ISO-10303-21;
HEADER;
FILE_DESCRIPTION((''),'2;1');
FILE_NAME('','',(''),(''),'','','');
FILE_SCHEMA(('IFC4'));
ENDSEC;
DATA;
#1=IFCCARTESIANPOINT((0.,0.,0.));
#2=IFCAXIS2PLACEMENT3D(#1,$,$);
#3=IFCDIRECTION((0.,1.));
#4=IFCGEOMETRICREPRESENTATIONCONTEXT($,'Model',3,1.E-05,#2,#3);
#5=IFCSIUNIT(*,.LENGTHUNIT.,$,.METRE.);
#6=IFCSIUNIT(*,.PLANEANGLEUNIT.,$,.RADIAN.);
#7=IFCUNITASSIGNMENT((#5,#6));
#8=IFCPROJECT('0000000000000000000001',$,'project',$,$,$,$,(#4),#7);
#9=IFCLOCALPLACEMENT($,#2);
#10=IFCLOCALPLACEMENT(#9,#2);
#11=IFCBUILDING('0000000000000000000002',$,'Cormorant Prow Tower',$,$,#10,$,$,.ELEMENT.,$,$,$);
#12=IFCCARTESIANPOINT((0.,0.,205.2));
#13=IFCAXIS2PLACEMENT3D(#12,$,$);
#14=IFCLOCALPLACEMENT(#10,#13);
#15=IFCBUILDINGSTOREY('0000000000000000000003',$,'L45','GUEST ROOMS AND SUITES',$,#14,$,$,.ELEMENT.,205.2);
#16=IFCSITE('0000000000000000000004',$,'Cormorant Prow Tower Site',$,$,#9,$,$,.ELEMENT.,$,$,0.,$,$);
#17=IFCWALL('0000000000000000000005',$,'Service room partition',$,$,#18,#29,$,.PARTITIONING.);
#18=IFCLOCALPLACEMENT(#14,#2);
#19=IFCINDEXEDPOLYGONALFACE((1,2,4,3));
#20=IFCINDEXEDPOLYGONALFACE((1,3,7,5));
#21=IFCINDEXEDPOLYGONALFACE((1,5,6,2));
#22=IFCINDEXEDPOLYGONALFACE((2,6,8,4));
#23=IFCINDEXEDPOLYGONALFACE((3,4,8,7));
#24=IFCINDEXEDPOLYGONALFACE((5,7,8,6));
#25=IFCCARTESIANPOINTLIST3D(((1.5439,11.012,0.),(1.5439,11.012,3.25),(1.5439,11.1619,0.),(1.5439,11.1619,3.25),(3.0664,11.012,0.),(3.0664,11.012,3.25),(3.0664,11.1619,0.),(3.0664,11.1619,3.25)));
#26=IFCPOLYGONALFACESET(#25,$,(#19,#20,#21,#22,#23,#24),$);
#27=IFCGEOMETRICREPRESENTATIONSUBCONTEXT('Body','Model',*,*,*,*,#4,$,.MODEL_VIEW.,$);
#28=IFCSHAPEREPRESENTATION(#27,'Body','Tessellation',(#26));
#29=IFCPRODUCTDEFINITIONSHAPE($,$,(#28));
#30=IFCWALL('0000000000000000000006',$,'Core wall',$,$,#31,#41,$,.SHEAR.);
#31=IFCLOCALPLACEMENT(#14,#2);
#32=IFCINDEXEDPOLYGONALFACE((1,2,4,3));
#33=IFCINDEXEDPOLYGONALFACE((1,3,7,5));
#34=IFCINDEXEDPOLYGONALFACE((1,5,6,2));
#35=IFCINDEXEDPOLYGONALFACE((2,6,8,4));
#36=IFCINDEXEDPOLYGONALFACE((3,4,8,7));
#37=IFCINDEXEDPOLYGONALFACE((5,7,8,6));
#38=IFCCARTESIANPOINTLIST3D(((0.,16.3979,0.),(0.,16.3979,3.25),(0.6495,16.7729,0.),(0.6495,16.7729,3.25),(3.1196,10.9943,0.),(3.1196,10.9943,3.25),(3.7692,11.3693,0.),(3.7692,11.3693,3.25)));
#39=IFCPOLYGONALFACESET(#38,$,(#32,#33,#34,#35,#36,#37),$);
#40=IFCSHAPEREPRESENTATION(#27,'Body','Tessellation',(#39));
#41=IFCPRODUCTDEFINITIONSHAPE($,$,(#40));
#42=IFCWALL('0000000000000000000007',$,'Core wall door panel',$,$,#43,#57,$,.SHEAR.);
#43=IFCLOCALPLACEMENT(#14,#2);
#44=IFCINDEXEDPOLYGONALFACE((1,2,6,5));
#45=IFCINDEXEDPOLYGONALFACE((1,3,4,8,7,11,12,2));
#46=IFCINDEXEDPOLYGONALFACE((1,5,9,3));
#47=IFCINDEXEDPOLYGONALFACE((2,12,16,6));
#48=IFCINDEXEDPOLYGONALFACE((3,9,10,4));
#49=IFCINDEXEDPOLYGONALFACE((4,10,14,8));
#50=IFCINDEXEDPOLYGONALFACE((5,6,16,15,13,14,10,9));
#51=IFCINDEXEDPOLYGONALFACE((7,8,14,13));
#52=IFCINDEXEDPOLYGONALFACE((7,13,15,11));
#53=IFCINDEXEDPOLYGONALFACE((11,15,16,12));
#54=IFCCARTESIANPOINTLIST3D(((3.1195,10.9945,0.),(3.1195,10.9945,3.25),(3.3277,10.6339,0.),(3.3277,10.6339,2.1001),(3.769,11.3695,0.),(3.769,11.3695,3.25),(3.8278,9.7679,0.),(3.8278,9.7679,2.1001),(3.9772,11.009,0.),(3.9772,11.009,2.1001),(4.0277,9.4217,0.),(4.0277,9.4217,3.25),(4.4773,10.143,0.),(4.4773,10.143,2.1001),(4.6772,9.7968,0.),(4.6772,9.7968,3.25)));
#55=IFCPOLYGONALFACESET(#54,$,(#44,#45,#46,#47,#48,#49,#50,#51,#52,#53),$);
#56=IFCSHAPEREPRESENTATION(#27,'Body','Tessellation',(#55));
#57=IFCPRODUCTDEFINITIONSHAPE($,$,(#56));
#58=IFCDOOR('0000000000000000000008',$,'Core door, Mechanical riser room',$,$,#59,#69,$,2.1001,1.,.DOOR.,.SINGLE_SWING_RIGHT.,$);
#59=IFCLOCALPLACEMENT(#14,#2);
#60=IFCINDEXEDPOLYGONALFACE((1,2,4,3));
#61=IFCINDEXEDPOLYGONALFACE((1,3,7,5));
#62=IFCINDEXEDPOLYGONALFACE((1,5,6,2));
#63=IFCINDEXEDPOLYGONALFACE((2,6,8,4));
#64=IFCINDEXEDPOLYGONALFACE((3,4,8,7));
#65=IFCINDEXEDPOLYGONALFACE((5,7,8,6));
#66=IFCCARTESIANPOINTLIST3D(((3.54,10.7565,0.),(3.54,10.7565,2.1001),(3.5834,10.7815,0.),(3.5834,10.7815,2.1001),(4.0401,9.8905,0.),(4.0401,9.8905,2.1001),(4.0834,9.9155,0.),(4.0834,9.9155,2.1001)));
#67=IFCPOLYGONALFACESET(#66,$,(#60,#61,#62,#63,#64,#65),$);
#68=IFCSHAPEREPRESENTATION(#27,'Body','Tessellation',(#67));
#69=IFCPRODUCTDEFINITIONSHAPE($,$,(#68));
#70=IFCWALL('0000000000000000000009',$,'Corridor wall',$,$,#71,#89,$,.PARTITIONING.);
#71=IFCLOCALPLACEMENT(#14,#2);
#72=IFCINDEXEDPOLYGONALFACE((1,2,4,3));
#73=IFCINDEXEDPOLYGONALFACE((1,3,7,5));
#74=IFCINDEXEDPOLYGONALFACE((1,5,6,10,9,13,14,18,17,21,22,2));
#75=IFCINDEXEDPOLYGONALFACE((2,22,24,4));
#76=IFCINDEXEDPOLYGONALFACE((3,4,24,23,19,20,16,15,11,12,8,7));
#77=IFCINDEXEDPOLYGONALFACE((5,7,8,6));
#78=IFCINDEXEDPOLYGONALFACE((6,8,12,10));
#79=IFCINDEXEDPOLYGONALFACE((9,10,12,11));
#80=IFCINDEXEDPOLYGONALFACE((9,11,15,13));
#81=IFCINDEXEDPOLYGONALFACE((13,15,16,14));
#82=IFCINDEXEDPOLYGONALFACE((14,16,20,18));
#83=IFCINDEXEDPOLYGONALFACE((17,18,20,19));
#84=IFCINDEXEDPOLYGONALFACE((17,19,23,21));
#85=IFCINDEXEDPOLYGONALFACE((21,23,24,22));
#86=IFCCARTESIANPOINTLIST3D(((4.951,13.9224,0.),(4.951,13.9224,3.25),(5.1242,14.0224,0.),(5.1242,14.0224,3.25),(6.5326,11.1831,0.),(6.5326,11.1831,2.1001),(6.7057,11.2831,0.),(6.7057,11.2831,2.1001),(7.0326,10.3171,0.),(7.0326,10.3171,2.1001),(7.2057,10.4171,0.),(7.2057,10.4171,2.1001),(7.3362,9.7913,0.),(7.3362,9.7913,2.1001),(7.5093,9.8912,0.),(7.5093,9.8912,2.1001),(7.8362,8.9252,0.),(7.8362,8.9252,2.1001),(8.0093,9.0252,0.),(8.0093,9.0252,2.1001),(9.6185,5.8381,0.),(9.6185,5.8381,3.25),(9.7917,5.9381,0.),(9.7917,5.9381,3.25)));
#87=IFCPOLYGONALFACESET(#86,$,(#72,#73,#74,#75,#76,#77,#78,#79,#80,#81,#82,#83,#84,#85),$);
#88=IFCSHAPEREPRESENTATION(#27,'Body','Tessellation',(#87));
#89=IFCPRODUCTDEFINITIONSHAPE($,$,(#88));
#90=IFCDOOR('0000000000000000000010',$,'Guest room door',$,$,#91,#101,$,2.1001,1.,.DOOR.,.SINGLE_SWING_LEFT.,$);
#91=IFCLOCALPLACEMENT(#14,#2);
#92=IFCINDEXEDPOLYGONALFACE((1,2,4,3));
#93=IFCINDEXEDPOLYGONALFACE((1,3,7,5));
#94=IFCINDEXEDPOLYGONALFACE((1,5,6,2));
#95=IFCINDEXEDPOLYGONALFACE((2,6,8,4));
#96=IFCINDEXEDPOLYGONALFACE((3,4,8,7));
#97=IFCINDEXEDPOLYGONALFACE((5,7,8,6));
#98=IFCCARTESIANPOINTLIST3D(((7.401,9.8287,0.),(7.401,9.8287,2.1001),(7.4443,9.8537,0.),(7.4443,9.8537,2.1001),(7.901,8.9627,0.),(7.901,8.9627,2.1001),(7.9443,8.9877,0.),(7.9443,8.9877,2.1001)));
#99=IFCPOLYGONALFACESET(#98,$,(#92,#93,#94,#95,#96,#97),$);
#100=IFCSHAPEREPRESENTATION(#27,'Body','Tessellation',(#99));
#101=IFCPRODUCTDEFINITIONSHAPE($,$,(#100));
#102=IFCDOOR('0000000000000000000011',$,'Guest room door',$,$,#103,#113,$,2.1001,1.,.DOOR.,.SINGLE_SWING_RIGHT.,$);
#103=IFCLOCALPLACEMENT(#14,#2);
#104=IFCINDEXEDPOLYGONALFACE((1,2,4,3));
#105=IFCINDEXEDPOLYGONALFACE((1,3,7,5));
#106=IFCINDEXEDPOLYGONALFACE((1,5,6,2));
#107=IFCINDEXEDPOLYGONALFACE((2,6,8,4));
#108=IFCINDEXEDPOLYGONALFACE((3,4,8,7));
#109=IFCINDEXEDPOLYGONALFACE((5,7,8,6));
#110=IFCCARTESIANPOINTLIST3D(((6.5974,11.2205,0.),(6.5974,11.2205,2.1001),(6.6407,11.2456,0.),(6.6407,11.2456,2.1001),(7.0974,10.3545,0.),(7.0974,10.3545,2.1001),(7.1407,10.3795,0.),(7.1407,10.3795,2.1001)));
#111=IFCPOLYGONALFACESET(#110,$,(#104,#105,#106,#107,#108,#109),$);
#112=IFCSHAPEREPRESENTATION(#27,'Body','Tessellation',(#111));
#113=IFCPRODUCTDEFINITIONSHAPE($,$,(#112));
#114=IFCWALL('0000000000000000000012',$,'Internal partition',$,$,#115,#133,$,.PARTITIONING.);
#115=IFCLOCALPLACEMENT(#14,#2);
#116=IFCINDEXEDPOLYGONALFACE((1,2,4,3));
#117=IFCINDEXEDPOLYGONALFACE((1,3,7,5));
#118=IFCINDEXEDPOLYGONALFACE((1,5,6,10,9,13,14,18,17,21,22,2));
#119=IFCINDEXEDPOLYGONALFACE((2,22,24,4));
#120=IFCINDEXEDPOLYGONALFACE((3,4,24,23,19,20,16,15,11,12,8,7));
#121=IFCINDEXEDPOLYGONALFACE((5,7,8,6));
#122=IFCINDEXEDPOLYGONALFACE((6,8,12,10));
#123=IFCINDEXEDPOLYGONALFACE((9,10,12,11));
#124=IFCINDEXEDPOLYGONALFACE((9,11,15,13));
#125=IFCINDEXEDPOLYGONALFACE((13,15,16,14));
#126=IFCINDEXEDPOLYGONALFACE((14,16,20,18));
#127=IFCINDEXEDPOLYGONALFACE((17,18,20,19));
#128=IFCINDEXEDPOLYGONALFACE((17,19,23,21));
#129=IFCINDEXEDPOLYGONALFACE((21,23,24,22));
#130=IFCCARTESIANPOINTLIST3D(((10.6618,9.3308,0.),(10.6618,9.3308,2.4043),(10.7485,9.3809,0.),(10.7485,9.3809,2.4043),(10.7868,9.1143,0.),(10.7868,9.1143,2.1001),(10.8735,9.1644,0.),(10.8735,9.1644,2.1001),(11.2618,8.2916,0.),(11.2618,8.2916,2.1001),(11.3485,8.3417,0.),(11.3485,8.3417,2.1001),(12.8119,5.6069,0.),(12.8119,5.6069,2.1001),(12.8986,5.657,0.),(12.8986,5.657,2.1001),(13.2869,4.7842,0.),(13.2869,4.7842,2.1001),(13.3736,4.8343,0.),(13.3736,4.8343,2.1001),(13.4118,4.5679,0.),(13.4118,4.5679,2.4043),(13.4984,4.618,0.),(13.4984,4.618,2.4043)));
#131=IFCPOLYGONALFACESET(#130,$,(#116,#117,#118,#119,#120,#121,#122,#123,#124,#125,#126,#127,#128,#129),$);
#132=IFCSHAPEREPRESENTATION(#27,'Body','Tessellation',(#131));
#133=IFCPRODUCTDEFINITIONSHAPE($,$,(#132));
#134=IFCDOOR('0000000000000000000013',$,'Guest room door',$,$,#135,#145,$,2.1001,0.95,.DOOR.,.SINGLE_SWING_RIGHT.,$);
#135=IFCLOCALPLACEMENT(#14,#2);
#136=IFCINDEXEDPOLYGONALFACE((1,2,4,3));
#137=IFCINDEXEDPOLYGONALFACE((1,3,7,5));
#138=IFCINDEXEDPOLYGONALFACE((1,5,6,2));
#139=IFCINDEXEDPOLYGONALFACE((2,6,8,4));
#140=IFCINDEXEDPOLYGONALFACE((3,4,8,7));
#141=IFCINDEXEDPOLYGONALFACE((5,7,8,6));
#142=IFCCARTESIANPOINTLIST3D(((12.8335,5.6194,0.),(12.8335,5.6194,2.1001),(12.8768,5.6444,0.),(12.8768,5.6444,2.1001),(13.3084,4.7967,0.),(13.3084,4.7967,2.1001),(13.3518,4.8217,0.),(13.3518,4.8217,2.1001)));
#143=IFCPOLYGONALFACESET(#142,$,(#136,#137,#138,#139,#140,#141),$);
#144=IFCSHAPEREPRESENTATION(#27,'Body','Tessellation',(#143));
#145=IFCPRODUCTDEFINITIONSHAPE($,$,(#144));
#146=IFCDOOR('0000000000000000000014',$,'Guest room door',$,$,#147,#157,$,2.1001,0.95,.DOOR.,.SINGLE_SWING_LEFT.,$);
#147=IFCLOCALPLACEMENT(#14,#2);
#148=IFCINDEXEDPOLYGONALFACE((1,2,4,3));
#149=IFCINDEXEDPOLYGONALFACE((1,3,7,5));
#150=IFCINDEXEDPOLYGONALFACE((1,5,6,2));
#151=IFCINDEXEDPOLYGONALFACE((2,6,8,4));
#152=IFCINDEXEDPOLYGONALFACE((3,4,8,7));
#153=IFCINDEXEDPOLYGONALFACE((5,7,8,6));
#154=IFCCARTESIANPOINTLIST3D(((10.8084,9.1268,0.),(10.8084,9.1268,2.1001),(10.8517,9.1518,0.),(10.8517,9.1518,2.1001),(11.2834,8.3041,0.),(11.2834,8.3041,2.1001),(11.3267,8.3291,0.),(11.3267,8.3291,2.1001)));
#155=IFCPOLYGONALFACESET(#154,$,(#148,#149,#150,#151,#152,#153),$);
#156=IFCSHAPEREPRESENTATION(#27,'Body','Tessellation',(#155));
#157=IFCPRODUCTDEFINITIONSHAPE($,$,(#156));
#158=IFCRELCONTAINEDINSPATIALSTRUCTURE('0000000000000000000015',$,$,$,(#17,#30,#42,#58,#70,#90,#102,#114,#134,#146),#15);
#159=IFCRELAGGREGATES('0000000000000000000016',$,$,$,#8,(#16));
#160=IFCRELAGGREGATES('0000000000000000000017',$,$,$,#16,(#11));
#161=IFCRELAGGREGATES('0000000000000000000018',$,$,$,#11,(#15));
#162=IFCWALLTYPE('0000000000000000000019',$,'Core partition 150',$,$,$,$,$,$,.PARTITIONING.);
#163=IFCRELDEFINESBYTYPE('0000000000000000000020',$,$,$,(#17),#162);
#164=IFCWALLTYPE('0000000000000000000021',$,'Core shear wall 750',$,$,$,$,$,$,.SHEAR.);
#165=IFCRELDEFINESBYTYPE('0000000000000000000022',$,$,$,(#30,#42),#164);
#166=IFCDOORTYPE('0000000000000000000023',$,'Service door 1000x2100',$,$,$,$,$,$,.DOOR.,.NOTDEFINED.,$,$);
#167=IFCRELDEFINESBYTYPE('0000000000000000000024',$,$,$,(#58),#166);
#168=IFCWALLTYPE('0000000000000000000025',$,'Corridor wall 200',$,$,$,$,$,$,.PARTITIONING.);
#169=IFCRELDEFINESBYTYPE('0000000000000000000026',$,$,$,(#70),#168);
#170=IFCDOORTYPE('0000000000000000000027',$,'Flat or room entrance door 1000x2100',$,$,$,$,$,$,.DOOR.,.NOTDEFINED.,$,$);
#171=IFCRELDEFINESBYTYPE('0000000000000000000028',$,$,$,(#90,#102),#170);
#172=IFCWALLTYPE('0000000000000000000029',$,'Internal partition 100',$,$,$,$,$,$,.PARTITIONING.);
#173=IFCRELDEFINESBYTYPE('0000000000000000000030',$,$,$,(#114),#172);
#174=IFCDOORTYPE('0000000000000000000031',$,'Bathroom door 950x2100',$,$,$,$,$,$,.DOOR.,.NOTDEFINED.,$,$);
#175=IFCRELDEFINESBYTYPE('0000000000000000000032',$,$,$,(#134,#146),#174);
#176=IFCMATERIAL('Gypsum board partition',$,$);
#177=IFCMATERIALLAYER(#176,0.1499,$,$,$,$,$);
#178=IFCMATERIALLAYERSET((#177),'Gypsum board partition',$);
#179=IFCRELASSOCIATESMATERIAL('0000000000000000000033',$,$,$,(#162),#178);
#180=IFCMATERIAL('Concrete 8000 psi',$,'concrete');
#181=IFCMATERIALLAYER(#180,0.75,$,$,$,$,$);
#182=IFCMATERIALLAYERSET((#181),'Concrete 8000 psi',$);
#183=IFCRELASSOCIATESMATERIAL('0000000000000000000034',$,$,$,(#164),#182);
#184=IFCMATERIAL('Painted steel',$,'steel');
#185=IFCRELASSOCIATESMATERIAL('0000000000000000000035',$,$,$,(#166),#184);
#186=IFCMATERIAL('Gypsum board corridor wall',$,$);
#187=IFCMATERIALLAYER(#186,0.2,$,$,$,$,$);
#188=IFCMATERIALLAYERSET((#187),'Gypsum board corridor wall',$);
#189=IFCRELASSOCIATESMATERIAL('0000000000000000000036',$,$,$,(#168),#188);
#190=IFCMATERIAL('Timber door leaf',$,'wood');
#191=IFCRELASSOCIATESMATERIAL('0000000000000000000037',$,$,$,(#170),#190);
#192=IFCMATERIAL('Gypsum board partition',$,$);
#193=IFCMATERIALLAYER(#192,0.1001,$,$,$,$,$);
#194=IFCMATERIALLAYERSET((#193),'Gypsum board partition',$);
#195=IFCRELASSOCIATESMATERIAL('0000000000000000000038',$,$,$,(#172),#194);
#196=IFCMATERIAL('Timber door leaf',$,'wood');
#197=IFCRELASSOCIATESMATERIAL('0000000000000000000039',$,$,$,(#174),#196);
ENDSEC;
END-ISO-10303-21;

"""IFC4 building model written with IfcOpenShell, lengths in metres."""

from ifc_helpers import new_model, si_unit, direction, frame, frame_2d, origin, place, context, subcontext, project, spatial, rectangle, extrude, material, layer, layer_set, type_object, element, fill, save


model = new_model("IFC4")

# Units and contexts
model_context = context("Model", 3, precision=1e-05, world=origin(), true_north=direction((0.0, 1.0)))
body_context = subcontext(model_context, "Body", "Model", "MODEL_VIEW")
ifc_project = project(units=[si_unit("LENGTHUNIT", "METRE"), si_unit("PLANEANGLEUNIT", "RADIAN")], contexts=[model_context])

# Site, building, storey
site_placement = place(None, origin())
site = spatial("IfcSite", under=ifc_project, at=site_placement, Name="Cormorant Prow Tower Site", CompositionType="ELEMENT", RefElevation=0.0)
building_placement = place(site_placement, origin())
building = spatial("IfcBuilding", under=site, at=building_placement, Name="Cormorant Prow Tower", CompositionType="ELEMENT")
storey_placement = place(building_placement, frame((0.0, 0.0, 205.2)))
storey = spatial("IfcBuildingStorey", under=building, at=storey_placement, Name="L45", Description="GUEST ROOMS AND SUITES", CompositionType="ELEMENT", Elevation=205.2)

# Walls
ifc_material_1 = material(Name="Gypsum board partition")
ifc_layer_1 = layer(ifc_material_1, 0.1499)
ifc_layer_set_1 = layer_set([ifc_layer_1], Name="Gypsum board partition")
wall_type_1 = type_object("IfcWallType", Name="Core partition 150", PredefinedType="PARTITIONING", material=ifc_layer_set_1)
wall_1_placement = place(storey_placement, frame((1.5439, 11.0869, 0.0), z_axis=(0.0, 0.0, 1.0), x_axis=(1.0, 0.0, 0.0)))
element("IfcWall", 1, at=wall_1_placement, inside=storey, type_object=wall_type_1, Name="Service room partition", PredefinedType="PARTITIONING", context=body_context, shape_type="SweptSolid", body=[
    extrude(rectangle(XDim=1.5225, YDim=0.1499, at=frame_2d((0.7612, 0.0))), origin(), (0.0, 0.0, 1.0), 3.25),
])
ifc_material_2 = material(Name="Concrete 8000 psi", Category="concrete")
ifc_layer_2 = layer(ifc_material_2, 0.75)
ifc_layer_set_2 = layer_set([ifc_layer_2], Name="Concrete 8000 psi")
wall_type_2 = type_object("IfcWallType", Name="Core shear wall 750", PredefinedType="SHEAR", material=ifc_layer_set_2)
wall_2_placement = place(storey_placement, frame((3.4443, 11.1819, 0.0), z_axis=(0.0, 0.0, 1.0), x_axis=(-0.499986, 0.866034, 0.0)))
element("IfcWall", 2, at=wall_2_placement, inside=storey, type_object=wall_type_2, Name="Core wall", PredefinedType="SHEAR", context=body_context, shape_type="SweptSolid", body=[
    extrude(rectangle(XDim=6.2395, YDim=0.75, at=frame_2d((3.1196, 0.0))), origin(), (0.0, 0.0, 1.0), 3.25),
])

# Wall, opening, door
wall_3_placement = place(storey_placement, frame((4.3525, 9.6091, 0.0), z_axis=(0.0, 0.0, 1.0), x_axis=(-0.500072, 0.865984, 0.0)))
wall_3 = element("IfcWall", 3, at=wall_3_placement, inside=storey, type_object=wall_type_2, Name="Core wall door panel", PredefinedType="SHEAR", context=body_context, shape_type="SweptSolid", body=[
    extrude(rectangle(XDim=1.8162, YDim=0.75, at=frame_2d((0.9082, 0.0))), origin(), (0.0, 0.0, 1.0), 3.25),
])
opening_1_placement = place(wall_3_placement, frame((0.3999, 0.0, 0.0)))
opening_1 = element("IfcOpeningElement", 4, at=opening_1_placement, cuts=wall_3, PredefinedType="OPENING", context=body_context, shape_type="SweptSolid", body=[
    extrude(rectangle(XDim=1.0, YDim=2.1001, at=frame_2d((0.5, 1.05))), frame((0.0, 0.385, 0.0), z_axis=(0.0, -1.0, 0.0), x_axis=(1.0, 0.0, 0.0)), (0.0, 0.0, 1.0), 0.77),
])
ifc_material_3 = material(Name="Painted steel", Category="steel")
door_type_1 = type_object("IfcDoorType", Name="Service door 1000x2100", OperationType="NOTDEFINED", PredefinedType="DOOR", material=ifc_material_3)
door_1_placement = place(opening_1_placement, origin())
door_1 = element("IfcDoor", 5, at=door_1_placement, inside=storey, type_object=door_type_1, Name="Core door, Mechanical riser room", OperationType="SINGLE_SWING_RIGHT", OverallHeight=2.1001, OverallWidth=1.0, PredefinedType="DOOR", context=body_context, shape_type="SweptSolid", body=[
    extrude(rectangle(XDim=1.0, YDim=2.1001, at=frame_2d((0.5, 1.05))), frame((0.0, 0.1299, 0.0), z_axis=(0.0, -1.0, 0.0), x_axis=(1.0, 0.0, 0.0)), (0.0, 0.0, 1.0), 0.05),
])
fill(opening_1, door_1)

# Walls, openings, doors
ifc_material_4 = material(Name="Gypsum board corridor wall")
ifc_layer_3 = layer(ifc_material_4, 0.2)
ifc_layer_set_3 = layer_set([ifc_layer_3], Name="Gypsum board corridor wall")
wall_type_3 = type_object("IfcWallType", Name="Corridor wall 200", PredefinedType="PARTITIONING", material=ifc_layer_set_3)
wall_4_placement = place(storey_placement, frame((5.0376, 13.9724, 0.0), z_axis=(0.0, 0.0, 1.0), x_axis=(0.500004, -0.866023, 0.0)))
wall_4 = element("IfcWall", 6, at=wall_4_placement, inside=storey, type_object=wall_type_3, Name="Corridor wall", PredefinedType="PARTITIONING", context=body_context, shape_type="SweptSolid", body=[
    extrude(rectangle(XDim=9.335, YDim=0.2, at=frame_2d((4.6675, 0.0))), origin(), (0.0, 0.0, 1.0), 3.25),
])
opening_2_placement = place(wall_4_placement, frame((4.7703, 0.0, 0.0)))
opening_2 = element("IfcOpeningElement", 7, at=opening_2_placement, cuts=wall_4, PredefinedType="OPENING", context=body_context, shape_type="SweptSolid", body=[
    extrude(rectangle(XDim=1.0, YDim=2.1001, at=frame_2d((0.5, 1.05))), frame((0.0, 0.1099, 0.0), z_axis=(0.0, -1.0, 0.0), x_axis=(1.0, 0.0, 0.0)), (0.0, 0.0, 1.0), 0.22),
])
opening_3_placement = place(wall_4_placement, frame((3.1631, 0.0, 0.0)))
opening_3 = element("IfcOpeningElement", 8, at=opening_3_placement, cuts=wall_4, PredefinedType="OPENING", context=body_context, shape_type="SweptSolid", body=[
    extrude(rectangle(XDim=1.0, YDim=2.1001, at=frame_2d((0.5, 1.05))), frame((0.0, 0.1099, 0.0), z_axis=(0.0, -1.0, 0.0), x_axis=(1.0, 0.0, 0.0)), (0.0, 0.0, 1.0), 0.22),
])
ifc_material_5 = material(Name="Timber door leaf", Category="wood")
door_type_2 = type_object("IfcDoorType", Name="Flat or room entrance door 1000x2100", OperationType="NOTDEFINED", PredefinedType="DOOR", material=ifc_material_5)
door_2_placement = place(opening_2_placement, origin())
door_2 = element("IfcDoor", 9, at=door_2_placement, inside=storey, type_object=door_type_2, Name="Guest room door", OperationType="SINGLE_SWING_LEFT", OverallHeight=2.1001, OverallWidth=1.0, PredefinedType="DOOR", context=body_context, shape_type="SweptSolid", body=[
    extrude(rectangle(XDim=1.0, YDim=2.1001, at=frame_2d((0.5, 1.05))), frame((0.0, 0.0249, 0.0), z_axis=(0.0, -1.0, 0.0), x_axis=(1.0, 0.0, 0.0)), (0.0, 0.0, 1.0), 0.05),
])
fill(opening_2, door_2)
door_3_placement = place(opening_3_placement, origin())
door_3 = element("IfcDoor", 10, at=door_3_placement, inside=storey, type_object=door_type_2, Name="Guest room door", OperationType="SINGLE_SWING_RIGHT", OverallHeight=2.1001, OverallWidth=1.0, PredefinedType="DOOR", context=body_context, shape_type="SweptSolid", body=[
    extrude(rectangle(XDim=1.0, YDim=2.1001, at=frame_2d((0.5, 1.05))), frame((0.0, 0.0249, 0.0), z_axis=(0.0, -1.0, 0.0), x_axis=(1.0, 0.0, 0.0)), (0.0, 0.0, 1.0), 0.05),
])
fill(opening_3, door_3)
ifc_material_6 = material(Name="Gypsum board partition")
ifc_layer_4 = layer(ifc_material_6, 0.1001)
ifc_layer_set_4 = layer_set([ifc_layer_4], Name="Gypsum board partition")
wall_type_4 = type_object("IfcWallType", Name="Internal partition 100", PredefinedType="PARTITIONING", material=ifc_layer_set_4)
wall_5_placement = place(storey_placement, frame((10.7051, 9.356, 0.0), z_axis=(0.0, 0.0, 1.0), x_axis=(0.500016, -0.866016, 0.0)))
wall_5 = element("IfcWall", 11, at=wall_5_placement, inside=storey, type_object=wall_type_4, Name="Internal partition", PredefinedType="PARTITIONING", context=body_context, shape_type="SweptSolid", body=[
    extrude(rectangle(XDim=5.4998, YDim=0.1001, at=frame_2d((2.75, 0.0))), origin(), (0.0, 0.0, 1.0), 2.4043),
])
opening_4_placement = place(wall_5_placement, frame((4.3, 0.0, 0.0)))
opening_4 = element("IfcOpeningElement", 12, at=opening_4_placement, cuts=wall_5, PredefinedType="OPENING", context=body_context, shape_type="SweptSolid", body=[
    extrude(rectangle(XDim=0.95, YDim=2.1001, at=frame_2d((0.4751, 1.05))), frame((0.0, 0.0601, 0.0), z_axis=(0.0, -1.0, 0.0), x_axis=(1.0, 0.0, 0.0)), (0.0, 0.0, 1.0), 0.1201),
])
opening_5_placement = place(wall_5_placement, frame((0.25, 0.0, 0.0)))
opening_5 = element("IfcOpeningElement", 13, at=opening_5_placement, cuts=wall_5, PredefinedType="OPENING", context=body_context, shape_type="SweptSolid", body=[
    extrude(rectangle(XDim=0.95, YDim=2.1001, at=frame_2d((0.4751, 1.05))), frame((0.0, 0.0601, 0.0), z_axis=(0.0, -1.0, 0.0), x_axis=(1.0, 0.0, 0.0)), (0.0, 0.0, 1.0), 0.1201),
])
ifc_material_7 = material(Name="Timber door leaf", Category="wood")
door_type_3 = type_object("IfcDoorType", Name="Bathroom door 950x2100", OperationType="NOTDEFINED", PredefinedType="DOOR", material=ifc_material_7)
door_4_placement = place(opening_4_placement, origin())
door_4 = element("IfcDoor", 14, at=door_4_placement, inside=storey, type_object=door_type_3, Name="Guest room door", OperationType="SINGLE_SWING_RIGHT", OverallHeight=2.1001, OverallWidth=0.95, PredefinedType="DOOR", context=body_context, shape_type="SweptSolid", body=[
    extrude(rectangle(XDim=0.95, YDim=2.1001, at=frame_2d((0.4751, 1.05))), frame((0.0, 0.0249, 0.0), z_axis=(0.0, -1.0, 0.0), x_axis=(1.0, 0.0, 0.0)), (0.0, 0.0, 1.0), 0.05),
])
fill(opening_4, door_4)
door_5_placement = place(opening_5_placement, origin())
door_5 = element("IfcDoor", 15, at=door_5_placement, inside=storey, type_object=door_type_3, Name="Guest room door", OperationType="SINGLE_SWING_LEFT", OverallHeight=2.1001, OverallWidth=0.95, PredefinedType="DOOR", context=body_context, shape_type="SweptSolid", body=[
    extrude(rectangle(XDim=0.95, YDim=2.1001, at=frame_2d((0.4751, 1.05))), frame((0.0, 0.0249, 0.0), z_axis=(0.0, -1.0, 0.0), x_axis=(1.0, 0.0, 0.0)), (0.0, 0.0, 1.0), 0.05),
])
fill(opening_5, door_5)

save(model, "model.ifc")
